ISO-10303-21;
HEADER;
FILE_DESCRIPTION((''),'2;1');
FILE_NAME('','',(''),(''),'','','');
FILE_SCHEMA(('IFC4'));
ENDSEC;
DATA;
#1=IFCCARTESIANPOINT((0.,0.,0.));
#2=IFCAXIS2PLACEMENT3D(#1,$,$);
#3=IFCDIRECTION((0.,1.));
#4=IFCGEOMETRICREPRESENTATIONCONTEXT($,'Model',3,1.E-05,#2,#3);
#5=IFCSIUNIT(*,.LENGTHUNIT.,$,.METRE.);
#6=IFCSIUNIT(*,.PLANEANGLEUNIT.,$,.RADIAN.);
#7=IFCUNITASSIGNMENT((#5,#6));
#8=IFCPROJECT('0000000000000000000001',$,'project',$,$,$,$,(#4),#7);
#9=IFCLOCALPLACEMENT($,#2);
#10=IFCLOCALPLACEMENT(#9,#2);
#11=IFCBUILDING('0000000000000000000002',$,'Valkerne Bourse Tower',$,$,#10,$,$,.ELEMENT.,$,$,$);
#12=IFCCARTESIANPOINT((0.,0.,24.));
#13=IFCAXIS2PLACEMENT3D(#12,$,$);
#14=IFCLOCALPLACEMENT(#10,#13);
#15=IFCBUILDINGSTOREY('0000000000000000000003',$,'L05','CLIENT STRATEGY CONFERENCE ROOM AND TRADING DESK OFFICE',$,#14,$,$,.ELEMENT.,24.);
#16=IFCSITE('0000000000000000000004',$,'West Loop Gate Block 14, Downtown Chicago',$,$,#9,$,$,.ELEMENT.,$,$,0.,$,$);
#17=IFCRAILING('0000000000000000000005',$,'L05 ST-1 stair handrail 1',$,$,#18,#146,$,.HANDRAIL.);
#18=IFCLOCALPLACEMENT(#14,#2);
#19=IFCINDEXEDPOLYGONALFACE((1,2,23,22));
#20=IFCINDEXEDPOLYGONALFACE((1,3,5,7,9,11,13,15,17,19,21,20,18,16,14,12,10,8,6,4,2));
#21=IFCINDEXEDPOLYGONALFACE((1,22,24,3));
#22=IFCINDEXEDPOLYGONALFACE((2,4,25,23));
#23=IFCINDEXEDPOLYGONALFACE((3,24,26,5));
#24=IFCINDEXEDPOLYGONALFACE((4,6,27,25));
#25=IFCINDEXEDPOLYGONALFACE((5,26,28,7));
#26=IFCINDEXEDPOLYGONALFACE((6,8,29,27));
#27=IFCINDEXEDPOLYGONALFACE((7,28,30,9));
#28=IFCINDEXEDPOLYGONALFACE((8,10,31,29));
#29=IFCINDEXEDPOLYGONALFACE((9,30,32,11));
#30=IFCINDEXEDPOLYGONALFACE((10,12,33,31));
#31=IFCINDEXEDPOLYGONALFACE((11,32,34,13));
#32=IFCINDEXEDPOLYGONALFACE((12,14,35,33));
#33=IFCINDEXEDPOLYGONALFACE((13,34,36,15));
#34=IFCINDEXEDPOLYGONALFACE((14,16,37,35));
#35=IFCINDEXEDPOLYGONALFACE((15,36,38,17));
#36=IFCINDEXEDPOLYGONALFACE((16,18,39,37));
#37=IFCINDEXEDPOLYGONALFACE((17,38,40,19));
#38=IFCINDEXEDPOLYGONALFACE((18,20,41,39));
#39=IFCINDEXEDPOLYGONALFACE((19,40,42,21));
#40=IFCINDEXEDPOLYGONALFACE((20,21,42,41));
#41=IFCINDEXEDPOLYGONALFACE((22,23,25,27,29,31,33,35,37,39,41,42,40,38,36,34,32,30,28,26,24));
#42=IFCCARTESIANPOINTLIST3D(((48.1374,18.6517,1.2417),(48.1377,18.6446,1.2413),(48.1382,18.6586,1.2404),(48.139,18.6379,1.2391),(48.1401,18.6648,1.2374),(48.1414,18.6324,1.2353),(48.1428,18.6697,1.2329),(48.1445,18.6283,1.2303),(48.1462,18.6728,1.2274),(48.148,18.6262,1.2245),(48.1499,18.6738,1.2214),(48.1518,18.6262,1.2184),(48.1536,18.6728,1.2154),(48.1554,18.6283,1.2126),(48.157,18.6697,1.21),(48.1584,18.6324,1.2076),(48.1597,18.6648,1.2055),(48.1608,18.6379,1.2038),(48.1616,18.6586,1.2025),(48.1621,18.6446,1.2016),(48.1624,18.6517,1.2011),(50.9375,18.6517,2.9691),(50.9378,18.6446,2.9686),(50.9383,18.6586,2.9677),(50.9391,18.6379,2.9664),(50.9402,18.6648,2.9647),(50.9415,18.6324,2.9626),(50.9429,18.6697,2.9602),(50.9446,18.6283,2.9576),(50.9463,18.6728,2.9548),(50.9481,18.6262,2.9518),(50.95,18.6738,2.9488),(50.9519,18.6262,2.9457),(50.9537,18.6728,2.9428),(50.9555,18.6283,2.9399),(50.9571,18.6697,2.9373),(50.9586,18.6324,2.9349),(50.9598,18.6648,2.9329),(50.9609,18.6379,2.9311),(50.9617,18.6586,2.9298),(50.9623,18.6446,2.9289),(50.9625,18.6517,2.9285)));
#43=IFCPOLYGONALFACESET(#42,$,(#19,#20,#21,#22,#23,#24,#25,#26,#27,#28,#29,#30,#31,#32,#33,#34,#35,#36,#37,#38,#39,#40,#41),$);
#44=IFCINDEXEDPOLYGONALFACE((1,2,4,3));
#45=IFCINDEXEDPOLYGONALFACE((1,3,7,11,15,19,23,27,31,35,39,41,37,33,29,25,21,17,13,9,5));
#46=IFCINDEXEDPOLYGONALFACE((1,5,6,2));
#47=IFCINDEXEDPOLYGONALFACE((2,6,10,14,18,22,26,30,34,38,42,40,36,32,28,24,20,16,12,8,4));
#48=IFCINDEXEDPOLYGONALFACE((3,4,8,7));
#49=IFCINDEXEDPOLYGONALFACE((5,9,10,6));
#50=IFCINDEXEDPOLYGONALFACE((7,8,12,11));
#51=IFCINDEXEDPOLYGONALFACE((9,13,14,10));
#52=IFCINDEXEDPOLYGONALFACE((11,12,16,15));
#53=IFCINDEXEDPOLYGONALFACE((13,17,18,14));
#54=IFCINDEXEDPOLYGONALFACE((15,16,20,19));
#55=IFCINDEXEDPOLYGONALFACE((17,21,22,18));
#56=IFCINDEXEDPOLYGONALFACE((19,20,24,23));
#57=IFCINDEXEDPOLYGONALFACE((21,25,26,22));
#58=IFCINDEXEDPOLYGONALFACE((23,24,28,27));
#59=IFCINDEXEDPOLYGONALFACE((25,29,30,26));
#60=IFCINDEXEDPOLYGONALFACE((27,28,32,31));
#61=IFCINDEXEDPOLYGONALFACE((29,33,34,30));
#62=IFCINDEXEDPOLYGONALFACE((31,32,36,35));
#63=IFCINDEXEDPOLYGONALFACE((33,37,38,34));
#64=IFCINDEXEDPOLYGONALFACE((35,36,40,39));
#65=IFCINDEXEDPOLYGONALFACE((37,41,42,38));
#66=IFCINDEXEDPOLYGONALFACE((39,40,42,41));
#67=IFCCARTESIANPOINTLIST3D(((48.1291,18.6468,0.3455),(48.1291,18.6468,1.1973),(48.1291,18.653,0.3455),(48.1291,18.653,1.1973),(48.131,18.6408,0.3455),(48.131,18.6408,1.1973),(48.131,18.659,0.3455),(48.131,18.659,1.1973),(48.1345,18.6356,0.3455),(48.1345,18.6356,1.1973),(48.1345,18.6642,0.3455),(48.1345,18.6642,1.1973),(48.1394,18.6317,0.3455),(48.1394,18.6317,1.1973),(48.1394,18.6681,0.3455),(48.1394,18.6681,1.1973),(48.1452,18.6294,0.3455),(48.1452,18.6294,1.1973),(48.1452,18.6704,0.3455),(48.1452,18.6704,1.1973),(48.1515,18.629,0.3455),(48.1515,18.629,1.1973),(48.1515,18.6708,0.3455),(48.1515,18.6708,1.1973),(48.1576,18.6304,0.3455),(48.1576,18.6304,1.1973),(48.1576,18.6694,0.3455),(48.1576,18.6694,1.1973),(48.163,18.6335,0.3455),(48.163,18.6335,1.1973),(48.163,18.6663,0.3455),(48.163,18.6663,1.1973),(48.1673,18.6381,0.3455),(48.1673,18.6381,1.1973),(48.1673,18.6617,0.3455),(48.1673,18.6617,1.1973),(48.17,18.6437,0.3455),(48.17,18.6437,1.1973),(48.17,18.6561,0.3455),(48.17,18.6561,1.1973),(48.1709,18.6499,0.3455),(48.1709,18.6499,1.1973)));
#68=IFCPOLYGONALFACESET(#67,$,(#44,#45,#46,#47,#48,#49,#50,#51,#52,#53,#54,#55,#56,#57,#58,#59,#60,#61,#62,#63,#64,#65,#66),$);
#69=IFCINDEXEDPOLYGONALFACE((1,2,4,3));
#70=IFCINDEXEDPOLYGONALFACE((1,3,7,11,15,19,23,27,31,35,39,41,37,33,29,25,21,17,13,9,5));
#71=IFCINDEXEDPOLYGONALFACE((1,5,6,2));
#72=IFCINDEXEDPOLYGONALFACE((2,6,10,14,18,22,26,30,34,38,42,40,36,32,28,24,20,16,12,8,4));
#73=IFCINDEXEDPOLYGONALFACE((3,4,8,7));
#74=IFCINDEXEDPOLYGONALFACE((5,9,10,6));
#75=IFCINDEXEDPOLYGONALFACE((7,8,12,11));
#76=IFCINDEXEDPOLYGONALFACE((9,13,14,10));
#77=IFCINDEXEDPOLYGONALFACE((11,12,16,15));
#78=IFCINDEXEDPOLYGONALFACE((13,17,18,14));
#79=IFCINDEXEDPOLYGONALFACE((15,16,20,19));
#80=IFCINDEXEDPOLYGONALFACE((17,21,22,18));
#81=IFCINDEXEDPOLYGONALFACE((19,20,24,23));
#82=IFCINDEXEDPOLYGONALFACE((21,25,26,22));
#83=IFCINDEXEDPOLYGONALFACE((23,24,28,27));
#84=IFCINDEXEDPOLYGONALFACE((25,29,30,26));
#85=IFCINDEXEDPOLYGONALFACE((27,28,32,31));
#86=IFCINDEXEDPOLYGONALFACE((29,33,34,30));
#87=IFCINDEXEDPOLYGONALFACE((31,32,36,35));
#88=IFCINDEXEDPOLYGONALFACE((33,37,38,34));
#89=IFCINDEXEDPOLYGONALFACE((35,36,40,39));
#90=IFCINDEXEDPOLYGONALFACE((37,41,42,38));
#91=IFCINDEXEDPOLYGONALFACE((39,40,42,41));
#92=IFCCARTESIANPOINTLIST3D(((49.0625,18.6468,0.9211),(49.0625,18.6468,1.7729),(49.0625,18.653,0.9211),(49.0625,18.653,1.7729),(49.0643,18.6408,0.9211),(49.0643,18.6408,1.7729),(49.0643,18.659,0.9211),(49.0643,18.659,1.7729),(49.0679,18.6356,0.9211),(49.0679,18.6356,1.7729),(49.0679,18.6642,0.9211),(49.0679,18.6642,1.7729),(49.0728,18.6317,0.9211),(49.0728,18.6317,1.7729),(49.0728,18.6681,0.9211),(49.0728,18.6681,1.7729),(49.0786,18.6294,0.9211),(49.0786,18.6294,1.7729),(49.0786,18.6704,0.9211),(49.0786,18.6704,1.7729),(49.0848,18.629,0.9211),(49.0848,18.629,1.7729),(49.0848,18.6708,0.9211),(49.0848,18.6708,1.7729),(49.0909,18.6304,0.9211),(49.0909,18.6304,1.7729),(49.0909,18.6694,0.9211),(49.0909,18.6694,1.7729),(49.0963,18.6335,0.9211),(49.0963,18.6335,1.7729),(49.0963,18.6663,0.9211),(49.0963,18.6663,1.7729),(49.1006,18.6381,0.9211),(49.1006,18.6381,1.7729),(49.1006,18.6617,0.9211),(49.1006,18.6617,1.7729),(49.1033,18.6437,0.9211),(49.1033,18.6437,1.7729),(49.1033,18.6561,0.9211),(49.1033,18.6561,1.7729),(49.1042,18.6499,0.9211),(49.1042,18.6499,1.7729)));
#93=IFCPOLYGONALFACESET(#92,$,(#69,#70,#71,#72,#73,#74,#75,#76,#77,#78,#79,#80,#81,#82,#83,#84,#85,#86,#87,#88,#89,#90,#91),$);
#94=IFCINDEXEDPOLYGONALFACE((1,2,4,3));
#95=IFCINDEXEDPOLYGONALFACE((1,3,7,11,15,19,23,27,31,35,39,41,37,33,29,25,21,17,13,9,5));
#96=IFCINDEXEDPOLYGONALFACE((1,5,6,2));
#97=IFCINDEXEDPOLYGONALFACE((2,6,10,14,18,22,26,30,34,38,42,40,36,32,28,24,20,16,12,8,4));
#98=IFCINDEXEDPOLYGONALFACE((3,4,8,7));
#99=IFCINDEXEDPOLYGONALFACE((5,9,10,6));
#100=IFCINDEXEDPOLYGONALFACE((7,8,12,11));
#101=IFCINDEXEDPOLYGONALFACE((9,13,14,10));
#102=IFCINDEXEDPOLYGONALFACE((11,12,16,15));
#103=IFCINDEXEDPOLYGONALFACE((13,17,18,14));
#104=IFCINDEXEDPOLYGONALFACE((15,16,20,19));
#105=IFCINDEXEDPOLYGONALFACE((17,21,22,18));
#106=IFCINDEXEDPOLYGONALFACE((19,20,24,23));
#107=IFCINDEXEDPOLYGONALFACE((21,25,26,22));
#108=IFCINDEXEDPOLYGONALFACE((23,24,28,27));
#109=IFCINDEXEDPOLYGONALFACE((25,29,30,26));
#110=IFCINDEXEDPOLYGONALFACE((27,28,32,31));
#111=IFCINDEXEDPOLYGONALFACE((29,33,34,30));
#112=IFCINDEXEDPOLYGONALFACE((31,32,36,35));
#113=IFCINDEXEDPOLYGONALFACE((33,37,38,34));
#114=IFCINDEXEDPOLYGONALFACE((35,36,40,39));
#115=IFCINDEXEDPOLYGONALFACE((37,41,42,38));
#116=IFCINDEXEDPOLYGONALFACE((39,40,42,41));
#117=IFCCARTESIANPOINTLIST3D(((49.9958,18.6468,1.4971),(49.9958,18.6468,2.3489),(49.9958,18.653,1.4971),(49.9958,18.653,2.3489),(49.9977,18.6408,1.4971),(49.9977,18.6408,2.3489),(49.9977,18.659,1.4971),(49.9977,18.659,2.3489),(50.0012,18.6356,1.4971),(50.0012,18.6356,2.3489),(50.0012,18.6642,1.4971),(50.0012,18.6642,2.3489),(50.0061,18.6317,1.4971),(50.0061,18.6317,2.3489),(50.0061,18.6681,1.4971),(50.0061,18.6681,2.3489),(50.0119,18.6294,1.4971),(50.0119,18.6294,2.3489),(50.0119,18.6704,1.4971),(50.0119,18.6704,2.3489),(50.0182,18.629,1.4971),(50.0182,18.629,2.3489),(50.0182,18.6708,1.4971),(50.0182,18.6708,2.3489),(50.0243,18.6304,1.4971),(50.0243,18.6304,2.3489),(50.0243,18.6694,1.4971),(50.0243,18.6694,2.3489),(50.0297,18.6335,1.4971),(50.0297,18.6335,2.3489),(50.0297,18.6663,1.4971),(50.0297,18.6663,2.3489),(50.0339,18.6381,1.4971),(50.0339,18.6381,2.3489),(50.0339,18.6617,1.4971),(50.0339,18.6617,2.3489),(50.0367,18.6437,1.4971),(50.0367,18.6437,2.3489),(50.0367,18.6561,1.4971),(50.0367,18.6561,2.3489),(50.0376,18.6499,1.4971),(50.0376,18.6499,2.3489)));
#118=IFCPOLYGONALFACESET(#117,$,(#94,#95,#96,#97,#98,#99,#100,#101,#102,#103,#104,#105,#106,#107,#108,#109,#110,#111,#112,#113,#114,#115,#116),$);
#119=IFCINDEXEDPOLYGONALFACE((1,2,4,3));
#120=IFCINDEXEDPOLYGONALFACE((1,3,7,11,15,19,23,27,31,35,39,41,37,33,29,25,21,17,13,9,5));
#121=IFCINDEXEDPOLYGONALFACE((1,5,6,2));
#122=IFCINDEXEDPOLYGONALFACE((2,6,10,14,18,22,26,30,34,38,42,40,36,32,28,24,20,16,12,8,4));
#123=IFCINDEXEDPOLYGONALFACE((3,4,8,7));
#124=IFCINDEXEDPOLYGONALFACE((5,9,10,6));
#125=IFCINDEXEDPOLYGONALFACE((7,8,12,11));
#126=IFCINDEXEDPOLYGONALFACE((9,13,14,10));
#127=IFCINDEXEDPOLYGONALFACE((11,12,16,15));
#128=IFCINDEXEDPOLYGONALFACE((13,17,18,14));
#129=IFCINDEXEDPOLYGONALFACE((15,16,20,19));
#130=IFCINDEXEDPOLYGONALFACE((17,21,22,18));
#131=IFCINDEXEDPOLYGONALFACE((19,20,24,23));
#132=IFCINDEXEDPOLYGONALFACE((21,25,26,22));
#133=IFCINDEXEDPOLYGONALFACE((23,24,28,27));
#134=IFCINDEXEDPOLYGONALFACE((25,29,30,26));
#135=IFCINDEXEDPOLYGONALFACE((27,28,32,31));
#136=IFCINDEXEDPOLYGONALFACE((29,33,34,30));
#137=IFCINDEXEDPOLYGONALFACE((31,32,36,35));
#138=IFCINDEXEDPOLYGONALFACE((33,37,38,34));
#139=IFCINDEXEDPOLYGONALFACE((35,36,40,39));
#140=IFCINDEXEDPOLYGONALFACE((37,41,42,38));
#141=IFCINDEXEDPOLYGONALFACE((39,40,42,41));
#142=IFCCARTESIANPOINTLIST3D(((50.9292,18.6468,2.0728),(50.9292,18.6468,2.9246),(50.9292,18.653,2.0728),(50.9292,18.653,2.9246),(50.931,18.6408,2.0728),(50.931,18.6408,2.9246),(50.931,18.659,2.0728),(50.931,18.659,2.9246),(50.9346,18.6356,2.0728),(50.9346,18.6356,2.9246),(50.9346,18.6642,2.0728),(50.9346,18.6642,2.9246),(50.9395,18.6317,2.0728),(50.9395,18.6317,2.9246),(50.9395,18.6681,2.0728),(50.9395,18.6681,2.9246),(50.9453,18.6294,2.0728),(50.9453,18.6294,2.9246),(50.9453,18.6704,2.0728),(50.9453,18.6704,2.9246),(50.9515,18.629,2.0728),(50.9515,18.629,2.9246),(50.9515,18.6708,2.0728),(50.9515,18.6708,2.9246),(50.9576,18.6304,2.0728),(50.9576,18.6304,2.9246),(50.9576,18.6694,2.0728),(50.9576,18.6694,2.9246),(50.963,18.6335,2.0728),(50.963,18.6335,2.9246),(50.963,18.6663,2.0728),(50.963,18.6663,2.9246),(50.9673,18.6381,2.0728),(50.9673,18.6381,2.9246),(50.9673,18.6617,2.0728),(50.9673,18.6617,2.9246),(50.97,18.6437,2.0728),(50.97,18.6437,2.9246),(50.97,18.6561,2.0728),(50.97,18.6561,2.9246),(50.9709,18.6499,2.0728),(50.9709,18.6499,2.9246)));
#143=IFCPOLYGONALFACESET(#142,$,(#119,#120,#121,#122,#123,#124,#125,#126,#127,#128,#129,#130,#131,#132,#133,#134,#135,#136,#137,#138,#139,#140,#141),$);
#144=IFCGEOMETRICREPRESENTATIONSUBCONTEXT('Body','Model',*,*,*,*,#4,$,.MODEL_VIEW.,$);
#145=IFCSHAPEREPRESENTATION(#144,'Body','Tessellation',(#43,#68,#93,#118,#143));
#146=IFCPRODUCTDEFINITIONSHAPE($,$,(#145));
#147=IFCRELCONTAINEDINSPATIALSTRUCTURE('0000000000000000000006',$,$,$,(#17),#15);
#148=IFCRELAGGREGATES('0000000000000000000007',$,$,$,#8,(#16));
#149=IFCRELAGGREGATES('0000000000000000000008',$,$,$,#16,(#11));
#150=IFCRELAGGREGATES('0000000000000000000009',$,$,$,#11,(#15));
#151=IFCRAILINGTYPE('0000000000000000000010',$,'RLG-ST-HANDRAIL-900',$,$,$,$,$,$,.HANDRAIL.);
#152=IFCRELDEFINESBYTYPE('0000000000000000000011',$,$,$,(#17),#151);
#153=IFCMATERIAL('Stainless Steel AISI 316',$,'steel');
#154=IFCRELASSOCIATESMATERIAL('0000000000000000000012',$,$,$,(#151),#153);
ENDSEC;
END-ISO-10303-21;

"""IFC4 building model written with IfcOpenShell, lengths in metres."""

from ifc_helpers import new_model, si_unit, direction, frame, origin, origin_2d, place, context, subcontext, project, spatial, circle, extrude, material, type_object, element, save


model = new_model("IFC4")

# Units and contexts
model_context = context("Model", 3, precision=1e-05, world=origin(), true_north=direction((0.0, 1.0)))
body_context = subcontext(model_context, "Body", "Model", "MODEL_VIEW")
ifc_project = project(units=[si_unit("LENGTHUNIT", "METRE"), si_unit("PLANEANGLEUNIT", "RADIAN")], contexts=[model_context])

# Site, building, storey
site_placement = place(None, origin())
site = spatial("IfcSite", under=ifc_project, at=site_placement, Name="West Loop Gate Block 14, Downtown Chicago", CompositionType="ELEMENT", RefElevation=0.0)
building_placement = place(site_placement, origin())
building = spatial("IfcBuilding", under=site, at=building_placement, Name="Valkerne Bourse Tower", CompositionType="ELEMENT")
storey_placement = place(building_placement, frame((0.0, 0.0, 24.0)))
storey = spatial("IfcBuildingStorey", under=building, at=storey_placement, Name="L05", Description="CLIENT STRATEGY CONFERENCE ROOM AND TRADING DESK OFFICE", CompositionType="ELEMENT", Elevation=24.0)

# Shared definitions
ifc_material_1 = material(Name="Stainless Steel AISI 316", Category="steel")

# Railing
railing_type_1 = type_object("IfcRailingType", Name="RLG-ST-HANDRAIL-900", PredefinedType="HANDRAIL", material=ifc_material_1)
railing_1_placement = place(storey_placement, frame((48.1499, 18.6499, 0.3455)))
element("IfcRailing", 1, at=railing_1_placement, inside=storey, type_object=railing_type_1, Name="L05 ST-1 stair handrail 1", PredefinedType="HANDRAIL", context=body_context, shape_type="SweptSolid", body=[
    extrude(circle(Radius=0.0239, at=origin_2d()), frame((0.0, 0.0, 0.876), z_axis=(0.85109, 0.0, 0.52502), x_axis=(0.0, 1.0, 0.0)), (0.0, 0.0, 1.0), 3.29),
    extrude(circle(Radius=0.021, at=origin_2d()), origin(), (0.0, 0.0, 1.0), 0.8518),
    extrude(circle(Radius=0.021, at=origin_2d()), frame((0.9333, 0.0, 0.5757)), (0.0, 0.0, 1.0), 0.8518),
    extrude(circle(Radius=0.021, at=origin_2d()), frame((1.8667, 0.0, 1.1516)), (0.0, 0.0, 1.0), 0.8518),
    extrude(circle(Radius=0.021, at=origin_2d()), frame((2.8, 0.0, 1.7273)), (0.0, 0.0, 1.0), 0.8518),
])

save(model, "model.ifc")
